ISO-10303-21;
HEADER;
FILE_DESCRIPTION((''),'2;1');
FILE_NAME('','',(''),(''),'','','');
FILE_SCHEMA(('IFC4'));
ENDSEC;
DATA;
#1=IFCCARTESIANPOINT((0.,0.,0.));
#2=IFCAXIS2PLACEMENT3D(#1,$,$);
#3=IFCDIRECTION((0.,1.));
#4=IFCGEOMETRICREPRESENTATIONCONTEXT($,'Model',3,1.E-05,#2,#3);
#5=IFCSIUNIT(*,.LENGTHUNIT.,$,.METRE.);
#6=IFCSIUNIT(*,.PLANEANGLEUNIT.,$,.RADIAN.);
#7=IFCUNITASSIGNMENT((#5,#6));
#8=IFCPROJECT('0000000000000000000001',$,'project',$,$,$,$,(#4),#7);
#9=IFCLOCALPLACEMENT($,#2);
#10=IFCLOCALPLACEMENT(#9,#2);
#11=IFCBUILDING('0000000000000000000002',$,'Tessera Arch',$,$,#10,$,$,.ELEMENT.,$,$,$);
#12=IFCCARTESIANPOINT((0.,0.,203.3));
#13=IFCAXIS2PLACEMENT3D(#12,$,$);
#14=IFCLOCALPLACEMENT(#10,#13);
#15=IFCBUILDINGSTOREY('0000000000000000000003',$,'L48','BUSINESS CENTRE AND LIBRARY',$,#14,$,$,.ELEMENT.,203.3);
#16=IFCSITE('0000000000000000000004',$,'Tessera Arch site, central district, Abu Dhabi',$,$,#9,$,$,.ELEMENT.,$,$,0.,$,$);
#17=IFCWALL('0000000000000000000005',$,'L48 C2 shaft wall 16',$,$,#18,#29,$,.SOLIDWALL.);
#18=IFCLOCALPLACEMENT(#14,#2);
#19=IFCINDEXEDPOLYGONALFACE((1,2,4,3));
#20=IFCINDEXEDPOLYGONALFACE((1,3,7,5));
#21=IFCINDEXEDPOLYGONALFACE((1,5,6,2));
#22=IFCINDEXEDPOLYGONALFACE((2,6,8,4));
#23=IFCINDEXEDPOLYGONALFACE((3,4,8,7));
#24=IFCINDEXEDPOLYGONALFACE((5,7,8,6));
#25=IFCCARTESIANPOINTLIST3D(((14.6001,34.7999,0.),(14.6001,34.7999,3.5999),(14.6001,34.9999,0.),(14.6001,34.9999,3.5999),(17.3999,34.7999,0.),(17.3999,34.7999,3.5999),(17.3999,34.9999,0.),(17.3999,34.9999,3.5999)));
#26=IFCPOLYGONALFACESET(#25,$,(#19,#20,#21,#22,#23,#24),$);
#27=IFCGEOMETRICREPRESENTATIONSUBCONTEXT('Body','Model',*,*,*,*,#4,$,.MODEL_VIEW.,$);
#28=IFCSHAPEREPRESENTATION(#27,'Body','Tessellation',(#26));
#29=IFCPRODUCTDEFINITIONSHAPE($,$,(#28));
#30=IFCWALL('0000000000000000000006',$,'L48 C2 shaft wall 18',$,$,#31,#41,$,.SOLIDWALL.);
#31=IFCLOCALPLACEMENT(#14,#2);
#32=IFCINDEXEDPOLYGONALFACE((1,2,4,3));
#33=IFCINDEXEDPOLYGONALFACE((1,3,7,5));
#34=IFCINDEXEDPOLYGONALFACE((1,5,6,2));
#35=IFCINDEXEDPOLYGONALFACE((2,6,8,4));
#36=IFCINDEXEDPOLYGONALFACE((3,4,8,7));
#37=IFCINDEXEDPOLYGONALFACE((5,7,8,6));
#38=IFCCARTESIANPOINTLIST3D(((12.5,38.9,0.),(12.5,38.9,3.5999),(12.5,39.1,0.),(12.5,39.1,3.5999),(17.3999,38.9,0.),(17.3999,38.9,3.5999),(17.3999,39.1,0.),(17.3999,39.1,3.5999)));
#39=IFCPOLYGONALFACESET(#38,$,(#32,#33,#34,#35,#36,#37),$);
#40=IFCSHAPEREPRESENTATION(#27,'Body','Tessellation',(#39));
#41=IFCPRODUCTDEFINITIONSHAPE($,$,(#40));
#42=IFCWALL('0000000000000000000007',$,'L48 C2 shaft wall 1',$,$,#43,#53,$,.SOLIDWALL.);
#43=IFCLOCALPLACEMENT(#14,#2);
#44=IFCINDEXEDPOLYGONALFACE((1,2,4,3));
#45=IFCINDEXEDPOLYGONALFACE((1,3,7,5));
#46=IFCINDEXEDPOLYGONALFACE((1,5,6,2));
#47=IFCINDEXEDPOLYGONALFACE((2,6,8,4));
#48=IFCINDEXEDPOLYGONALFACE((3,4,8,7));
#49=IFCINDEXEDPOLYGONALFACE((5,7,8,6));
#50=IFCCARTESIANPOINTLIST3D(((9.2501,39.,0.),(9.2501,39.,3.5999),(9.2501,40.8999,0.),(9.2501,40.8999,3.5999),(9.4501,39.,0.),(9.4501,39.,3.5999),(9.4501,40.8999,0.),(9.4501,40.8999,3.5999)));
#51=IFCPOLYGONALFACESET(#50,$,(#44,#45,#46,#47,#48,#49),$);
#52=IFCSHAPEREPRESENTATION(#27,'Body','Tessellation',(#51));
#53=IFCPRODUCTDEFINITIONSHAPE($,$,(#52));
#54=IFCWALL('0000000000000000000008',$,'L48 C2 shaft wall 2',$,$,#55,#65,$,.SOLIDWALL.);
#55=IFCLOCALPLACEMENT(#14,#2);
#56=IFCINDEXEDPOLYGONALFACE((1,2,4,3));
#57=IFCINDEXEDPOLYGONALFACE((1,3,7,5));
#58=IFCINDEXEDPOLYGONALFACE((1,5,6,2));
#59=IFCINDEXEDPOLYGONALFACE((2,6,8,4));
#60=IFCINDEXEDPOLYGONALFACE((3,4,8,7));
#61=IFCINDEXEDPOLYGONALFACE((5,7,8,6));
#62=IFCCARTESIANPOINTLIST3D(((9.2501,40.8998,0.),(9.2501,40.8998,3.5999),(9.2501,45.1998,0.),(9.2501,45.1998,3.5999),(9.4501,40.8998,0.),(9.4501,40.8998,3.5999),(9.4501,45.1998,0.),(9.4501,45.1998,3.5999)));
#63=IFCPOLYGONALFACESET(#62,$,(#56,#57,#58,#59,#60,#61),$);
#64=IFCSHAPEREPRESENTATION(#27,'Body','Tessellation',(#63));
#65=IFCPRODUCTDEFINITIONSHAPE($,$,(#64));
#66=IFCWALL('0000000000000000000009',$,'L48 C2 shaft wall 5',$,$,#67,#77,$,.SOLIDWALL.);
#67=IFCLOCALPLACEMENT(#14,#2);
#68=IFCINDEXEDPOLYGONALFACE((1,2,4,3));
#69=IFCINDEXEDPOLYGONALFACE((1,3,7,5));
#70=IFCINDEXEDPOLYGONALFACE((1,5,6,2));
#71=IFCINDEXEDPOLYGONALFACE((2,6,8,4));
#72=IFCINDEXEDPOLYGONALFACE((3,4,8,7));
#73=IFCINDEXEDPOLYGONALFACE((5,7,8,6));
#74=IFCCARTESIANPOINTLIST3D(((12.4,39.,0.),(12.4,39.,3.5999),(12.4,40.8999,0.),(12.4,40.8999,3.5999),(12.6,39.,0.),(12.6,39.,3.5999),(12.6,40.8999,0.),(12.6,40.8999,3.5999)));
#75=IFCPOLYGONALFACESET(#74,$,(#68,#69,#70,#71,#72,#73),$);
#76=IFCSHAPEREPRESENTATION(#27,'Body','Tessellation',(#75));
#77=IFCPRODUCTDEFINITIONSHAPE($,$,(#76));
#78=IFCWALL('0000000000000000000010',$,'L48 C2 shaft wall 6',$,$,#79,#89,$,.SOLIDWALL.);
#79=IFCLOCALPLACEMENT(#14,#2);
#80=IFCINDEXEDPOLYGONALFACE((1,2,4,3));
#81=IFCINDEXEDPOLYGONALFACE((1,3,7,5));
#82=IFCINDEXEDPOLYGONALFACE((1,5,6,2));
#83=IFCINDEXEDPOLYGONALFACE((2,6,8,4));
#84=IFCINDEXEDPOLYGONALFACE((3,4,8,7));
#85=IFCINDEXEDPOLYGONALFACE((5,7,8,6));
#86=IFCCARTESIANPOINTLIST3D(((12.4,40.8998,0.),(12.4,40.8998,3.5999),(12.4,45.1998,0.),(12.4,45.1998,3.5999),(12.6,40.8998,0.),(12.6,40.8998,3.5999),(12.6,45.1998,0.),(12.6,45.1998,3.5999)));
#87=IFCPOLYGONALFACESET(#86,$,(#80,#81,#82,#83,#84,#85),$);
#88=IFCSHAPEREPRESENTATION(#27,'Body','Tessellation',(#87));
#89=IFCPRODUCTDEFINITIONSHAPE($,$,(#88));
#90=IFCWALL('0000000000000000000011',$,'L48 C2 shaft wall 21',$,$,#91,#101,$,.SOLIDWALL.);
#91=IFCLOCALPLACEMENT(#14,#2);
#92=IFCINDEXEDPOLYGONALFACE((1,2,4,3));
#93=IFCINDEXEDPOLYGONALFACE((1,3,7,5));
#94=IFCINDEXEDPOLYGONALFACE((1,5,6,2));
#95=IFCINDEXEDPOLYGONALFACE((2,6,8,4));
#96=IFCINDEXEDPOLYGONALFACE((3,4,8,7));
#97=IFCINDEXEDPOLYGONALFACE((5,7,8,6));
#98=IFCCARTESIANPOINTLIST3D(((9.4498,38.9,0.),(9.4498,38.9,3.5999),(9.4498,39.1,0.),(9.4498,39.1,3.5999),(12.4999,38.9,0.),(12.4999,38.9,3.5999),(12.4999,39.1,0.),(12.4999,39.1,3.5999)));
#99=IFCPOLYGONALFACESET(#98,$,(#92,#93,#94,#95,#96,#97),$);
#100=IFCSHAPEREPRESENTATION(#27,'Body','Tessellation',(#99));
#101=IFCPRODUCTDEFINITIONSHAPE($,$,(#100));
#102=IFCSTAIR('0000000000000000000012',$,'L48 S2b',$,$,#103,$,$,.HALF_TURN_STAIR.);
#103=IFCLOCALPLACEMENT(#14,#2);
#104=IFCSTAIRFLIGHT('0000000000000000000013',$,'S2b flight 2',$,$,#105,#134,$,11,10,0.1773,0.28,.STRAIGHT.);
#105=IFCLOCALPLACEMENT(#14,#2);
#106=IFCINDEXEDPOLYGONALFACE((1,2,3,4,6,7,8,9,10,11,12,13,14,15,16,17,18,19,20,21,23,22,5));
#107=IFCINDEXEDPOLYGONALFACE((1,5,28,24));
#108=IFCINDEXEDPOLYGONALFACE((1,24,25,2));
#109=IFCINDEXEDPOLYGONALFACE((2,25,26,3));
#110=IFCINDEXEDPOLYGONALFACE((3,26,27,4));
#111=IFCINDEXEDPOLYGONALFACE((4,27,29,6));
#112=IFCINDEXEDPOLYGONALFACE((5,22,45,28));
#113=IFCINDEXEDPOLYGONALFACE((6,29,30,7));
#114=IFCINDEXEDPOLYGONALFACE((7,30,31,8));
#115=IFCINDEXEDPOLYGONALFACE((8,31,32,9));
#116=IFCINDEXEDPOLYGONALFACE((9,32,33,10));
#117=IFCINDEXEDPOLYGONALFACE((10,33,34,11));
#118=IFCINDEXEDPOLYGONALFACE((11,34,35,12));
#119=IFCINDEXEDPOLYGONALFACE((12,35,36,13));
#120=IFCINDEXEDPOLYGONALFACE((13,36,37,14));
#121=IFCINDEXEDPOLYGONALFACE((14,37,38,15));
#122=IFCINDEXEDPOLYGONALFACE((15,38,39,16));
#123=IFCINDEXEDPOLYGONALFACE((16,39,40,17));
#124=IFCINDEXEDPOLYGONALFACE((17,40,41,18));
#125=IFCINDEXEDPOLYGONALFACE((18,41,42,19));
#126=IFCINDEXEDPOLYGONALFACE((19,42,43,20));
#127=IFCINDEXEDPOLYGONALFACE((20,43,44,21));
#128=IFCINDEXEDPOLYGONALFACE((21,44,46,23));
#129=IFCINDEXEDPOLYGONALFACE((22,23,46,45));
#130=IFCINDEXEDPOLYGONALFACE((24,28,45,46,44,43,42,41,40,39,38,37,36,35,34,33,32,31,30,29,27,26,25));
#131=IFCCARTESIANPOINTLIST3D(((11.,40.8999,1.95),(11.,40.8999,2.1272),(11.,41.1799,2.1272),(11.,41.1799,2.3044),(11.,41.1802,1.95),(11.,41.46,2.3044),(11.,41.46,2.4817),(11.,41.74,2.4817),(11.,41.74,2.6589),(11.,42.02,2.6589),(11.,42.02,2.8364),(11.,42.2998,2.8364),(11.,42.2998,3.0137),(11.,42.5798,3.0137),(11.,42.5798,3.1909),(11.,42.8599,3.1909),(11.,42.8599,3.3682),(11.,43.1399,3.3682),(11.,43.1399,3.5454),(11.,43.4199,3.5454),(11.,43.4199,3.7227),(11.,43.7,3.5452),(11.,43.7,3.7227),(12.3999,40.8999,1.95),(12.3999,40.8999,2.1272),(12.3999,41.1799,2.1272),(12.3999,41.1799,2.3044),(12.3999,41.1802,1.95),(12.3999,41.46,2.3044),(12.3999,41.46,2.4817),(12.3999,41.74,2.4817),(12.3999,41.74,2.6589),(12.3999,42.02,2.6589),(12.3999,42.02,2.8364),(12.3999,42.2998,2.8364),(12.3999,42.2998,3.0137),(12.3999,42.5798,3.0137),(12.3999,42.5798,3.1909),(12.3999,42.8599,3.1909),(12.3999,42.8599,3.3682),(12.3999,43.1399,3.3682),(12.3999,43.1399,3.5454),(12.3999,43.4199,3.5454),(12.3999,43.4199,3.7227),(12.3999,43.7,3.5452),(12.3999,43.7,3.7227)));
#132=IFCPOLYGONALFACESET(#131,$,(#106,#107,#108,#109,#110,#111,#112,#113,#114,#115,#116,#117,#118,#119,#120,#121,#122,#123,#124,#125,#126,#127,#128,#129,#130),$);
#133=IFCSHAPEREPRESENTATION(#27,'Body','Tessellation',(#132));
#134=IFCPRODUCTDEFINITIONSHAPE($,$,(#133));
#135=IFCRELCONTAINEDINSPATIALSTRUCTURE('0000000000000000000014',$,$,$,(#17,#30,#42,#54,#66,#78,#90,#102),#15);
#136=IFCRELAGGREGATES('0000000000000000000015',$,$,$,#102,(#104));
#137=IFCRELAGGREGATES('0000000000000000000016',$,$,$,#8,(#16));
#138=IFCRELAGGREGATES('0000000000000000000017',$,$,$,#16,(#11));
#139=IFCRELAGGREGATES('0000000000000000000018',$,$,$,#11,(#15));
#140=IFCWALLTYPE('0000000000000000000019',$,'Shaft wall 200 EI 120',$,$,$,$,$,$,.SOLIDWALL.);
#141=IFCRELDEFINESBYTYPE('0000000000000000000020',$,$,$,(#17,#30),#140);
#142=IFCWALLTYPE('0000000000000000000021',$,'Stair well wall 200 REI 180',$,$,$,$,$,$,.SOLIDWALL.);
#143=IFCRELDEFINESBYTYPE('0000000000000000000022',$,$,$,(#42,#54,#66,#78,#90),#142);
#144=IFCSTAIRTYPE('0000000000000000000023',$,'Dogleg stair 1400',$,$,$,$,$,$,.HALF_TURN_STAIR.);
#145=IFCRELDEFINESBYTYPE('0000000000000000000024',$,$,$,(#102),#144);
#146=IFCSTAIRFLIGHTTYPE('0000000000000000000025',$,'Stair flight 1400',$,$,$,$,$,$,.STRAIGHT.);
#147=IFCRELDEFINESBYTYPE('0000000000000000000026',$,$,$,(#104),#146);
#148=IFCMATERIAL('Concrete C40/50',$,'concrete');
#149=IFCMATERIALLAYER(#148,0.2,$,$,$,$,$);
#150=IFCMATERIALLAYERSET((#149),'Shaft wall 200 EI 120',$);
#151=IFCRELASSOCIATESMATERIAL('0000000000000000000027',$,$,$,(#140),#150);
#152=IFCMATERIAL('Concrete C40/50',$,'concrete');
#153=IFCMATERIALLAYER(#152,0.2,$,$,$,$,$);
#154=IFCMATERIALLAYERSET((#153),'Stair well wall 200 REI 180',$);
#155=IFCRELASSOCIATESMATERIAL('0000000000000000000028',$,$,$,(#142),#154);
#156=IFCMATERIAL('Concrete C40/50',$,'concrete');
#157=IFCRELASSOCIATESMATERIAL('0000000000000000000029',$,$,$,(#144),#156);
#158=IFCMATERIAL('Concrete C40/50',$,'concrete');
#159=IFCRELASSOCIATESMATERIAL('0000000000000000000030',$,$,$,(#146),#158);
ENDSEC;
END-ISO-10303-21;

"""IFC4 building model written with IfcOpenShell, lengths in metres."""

from ifc_helpers import new_model, si_unit, direction, frame, frame_2d, origin, place, context, subcontext, project, spatial, polyline, rectangle, outline, extrude, material, layer, layer_set, type_object, element, aggregate, save


model = new_model("IFC4")

# Units and contexts
model_context = context("Model", 3, precision=1e-05, world=origin(), true_north=direction((0.0, 1.0)))
body_context = subcontext(model_context, "Body", "Model", "MODEL_VIEW")
ifc_project = project(units=[si_unit("LENGTHUNIT", "METRE"), si_unit("PLANEANGLEUNIT", "RADIAN")], contexts=[model_context])

# Site, building, storey
site_placement = place(None, origin())
site = spatial("IfcSite", under=ifc_project, at=site_placement, Name="Tessera Arch site, central district, Abu Dhabi", CompositionType="ELEMENT", RefElevation=0.0)
building_placement = place(site_placement, origin())
building = spatial("IfcBuilding", under=site, at=building_placement, Name="Tessera Arch", CompositionType="ELEMENT")
storey_placement = place(building_placement, frame((0.0, 0.0, 203.3)))
storey = spatial("IfcBuildingStorey", under=building, at=storey_placement, Name="L48", Description="BUSINESS CENTRE AND LIBRARY", CompositionType="ELEMENT", Elevation=203.3)

# Walls
ifc_material_1 = material(Name="Concrete C40/50", Category="concrete")
ifc_layer_1 = layer(ifc_material_1, 0.2)
ifc_layer_set_1 = layer_set([ifc_layer_1], Name="Shaft wall 200 EI 120")
wall_type_1 = type_object("IfcWallType", Name="Shaft wall 200 EI 120", PredefinedType="SOLIDWALL", material=ifc_layer_set_1)
for number, where, z_axis, x_axis, name in (
    (1, (14.6001, 34.8999, 0.0), (0.0, 0.0, 1.0), (1.0, 0.0, 0.0), "L48 C2 shaft wall 16"),
):
    element("IfcWall", number, at=place(storey_placement, frame(where, z_axis=z_axis, x_axis=x_axis)), inside=storey, type_object=wall_type_1, Name=name, PredefinedType="SOLIDWALL", context=body_context, shape_type="SweptSolid", body=[
        extrude(rectangle(XDim=2.7998, YDim=0.2, at=frame_2d((1.3999, 0.0))), origin(), (0.0, 0.0, 1.0), 3.5999),
    ])
wall_1_placement = place(storey_placement, frame((12.5, 39.0, 0.0), z_axis=(0.0, 0.0, 1.0), x_axis=(1.0, 0.0, 0.0)))
element("IfcWall", 2, at=wall_1_placement, inside=storey, type_object=wall_type_1, Name="L48 C2 shaft wall 18", PredefinedType="SOLIDWALL", context=body_context, shape_type="SweptSolid", body=[
    extrude(rectangle(XDim=4.8999, YDim=0.2, at=frame_2d((2.45, 0.0))), origin(), (0.0, 0.0, 1.0), 3.5999),
])
ifc_material_2 = material(Name="Concrete C40/50", Category="concrete")
ifc_layer_2 = layer(ifc_material_2, 0.2)
ifc_layer_set_2 = layer_set([ifc_layer_2], Name="Stair well wall 200 REI 180")
wall_type_2 = type_object("IfcWallType", Name="Stair well wall 200 REI 180", PredefinedType="SOLIDWALL", material=ifc_layer_set_2)
wall_2_placement = place(storey_placement, frame((9.3501, 39.0, 0.0), z_axis=(0.0, 0.0, 1.0), x_axis=(0.0, 1.0, 0.0)))
element("IfcWall", 3, at=wall_2_placement, inside=storey, type_object=wall_type_2, Name="L48 C2 shaft wall 1", PredefinedType="SOLIDWALL", context=body_context, shape_type="SweptSolid", body=[
    extrude(rectangle(XDim=1.8999, YDim=0.2, at=frame_2d((0.95, 0.0))), origin(), (0.0, 0.0, 1.0), 3.5999),
])
wall_3_placement = place(storey_placement, frame((9.3501, 40.8999, 0.0), z_axis=(0.0, 0.0, 1.0), x_axis=(0.0, 1.0, 0.0)))
element("IfcWall", 4, at=wall_3_placement, inside=storey, type_object=wall_type_2, Name="L48 C2 shaft wall 2", PredefinedType="SOLIDWALL", context=body_context, shape_type="SweptSolid", body=[
    extrude(rectangle(XDim=4.3, YDim=0.2, at=frame_2d((2.1499, 0.0))), origin(), (0.0, 0.0, 1.0), 3.5999),
])
wall_4_placement = place(storey_placement, frame((12.5, 39.0, 0.0), z_axis=(0.0, 0.0, 1.0), x_axis=(0.0, 1.0, 0.0)))
element("IfcWall", 5, at=wall_4_placement, inside=storey, type_object=wall_type_2, Name="L48 C2 shaft wall 5", PredefinedType="SOLIDWALL", context=body_context, shape_type="SweptSolid", body=[
    extrude(rectangle(XDim=1.8999, YDim=0.2, at=frame_2d((0.95, 0.0))), origin(), (0.0, 0.0, 1.0), 3.5999),
])
wall_5_placement = place(storey_placement, frame((12.5, 40.8999, 0.0), z_axis=(0.0, 0.0, 1.0), x_axis=(0.0, 1.0, 0.0)))
element("IfcWall", 6, at=wall_5_placement, inside=storey, type_object=wall_type_2, Name="L48 C2 shaft wall 6", PredefinedType="SOLIDWALL", context=body_context, shape_type="SweptSolid", body=[
    extrude(rectangle(XDim=4.3, YDim=0.2, at=frame_2d((2.1499, 0.0))), origin(), (0.0, 0.0, 1.0), 3.5999),
])
wall_6_placement = place(storey_placement, frame((9.45, 39.0, 0.0), z_axis=(0.0, 0.0, 1.0), x_axis=(1.0, 0.0, 0.0)))
element("IfcWall", 7, at=wall_6_placement, inside=storey, type_object=wall_type_2, Name="L48 C2 shaft wall 21", PredefinedType="SOLIDWALL", context=body_context, shape_type="SweptSolid", body=[
    extrude(rectangle(XDim=3.05, YDim=0.2, at=frame_2d((1.5249, 0.0))), origin(), (0.0, 0.0, 1.0), 3.5999),
])

# Stair, stair flight
ifc_material_3 = material(Name="Concrete C40/50", Category="concrete")
stair_type = type_object("IfcStairType", Name="Dogleg stair 1400", PredefinedType="HALF_TURN_STAIR", material=ifc_material_3)
stair_placement = place(storey_placement, origin())
stair = element("IfcStair", 8, at=stair_placement, inside=storey, type_object=stair_type, Name="L48 S2b", PredefinedType="HALF_TURN_STAIR")
ifc_material_4 = material(Name="Concrete C40/50", Category="concrete")
stair_flight_type = type_object("IfcStairFlightType", Name="Stair flight 1400", PredefinedType="STRAIGHT", material=ifc_material_4)
stair_flight_placement = place(storey_placement, frame((11.7, 40.8999, 1.95), z_axis=(0.0, 0.0, 1.0), x_axis=(0.0, 1.0, 0.0)))
stair_flight = element("IfcStairFlight", 9, at=stair_flight_placement, type_object=stair_flight_type, Name="S2b flight 2", NumberOfRisers=11, NumberOfTreads=10, PredefinedType="STRAIGHT", RiserHeight=0.1773, TreadLength=0.28, context=body_context, shape_type="SweptSolid", body=[
    extrude(outline(polyline([(0.0, 0.0), (0.0, 0.1772), (0.28, 0.1772), (0.28, 0.3545), (0.5601, 0.3545), (0.5601, 0.5317), (0.8401, 0.5317), (0.8401, 0.709), (1.1201, 0.709), (1.1201, 0.8865), (1.3999, 0.8865), (1.3999, 1.0637), (1.6799, 1.0637), (1.6799, 1.241), (1.96, 1.241), (1.96, 1.4182), (2.24, 1.4182), (2.24, 1.5955), (2.52, 1.5955), (2.52, 1.7727), (2.8, 1.7727), (2.8, 1.95), (2.8, 1.5952), (0.2803, 0.0), (0.0, 0.0)])), frame((0.0, 0.7, 0.0), z_axis=(0.0, -1.0, 0.0), x_axis=(1.0, 0.0, 0.0)), (0.0, 0.0, 1.0), 1.3999),
])
aggregate(stair, [stair_flight])

save(model, "model.ifc")
